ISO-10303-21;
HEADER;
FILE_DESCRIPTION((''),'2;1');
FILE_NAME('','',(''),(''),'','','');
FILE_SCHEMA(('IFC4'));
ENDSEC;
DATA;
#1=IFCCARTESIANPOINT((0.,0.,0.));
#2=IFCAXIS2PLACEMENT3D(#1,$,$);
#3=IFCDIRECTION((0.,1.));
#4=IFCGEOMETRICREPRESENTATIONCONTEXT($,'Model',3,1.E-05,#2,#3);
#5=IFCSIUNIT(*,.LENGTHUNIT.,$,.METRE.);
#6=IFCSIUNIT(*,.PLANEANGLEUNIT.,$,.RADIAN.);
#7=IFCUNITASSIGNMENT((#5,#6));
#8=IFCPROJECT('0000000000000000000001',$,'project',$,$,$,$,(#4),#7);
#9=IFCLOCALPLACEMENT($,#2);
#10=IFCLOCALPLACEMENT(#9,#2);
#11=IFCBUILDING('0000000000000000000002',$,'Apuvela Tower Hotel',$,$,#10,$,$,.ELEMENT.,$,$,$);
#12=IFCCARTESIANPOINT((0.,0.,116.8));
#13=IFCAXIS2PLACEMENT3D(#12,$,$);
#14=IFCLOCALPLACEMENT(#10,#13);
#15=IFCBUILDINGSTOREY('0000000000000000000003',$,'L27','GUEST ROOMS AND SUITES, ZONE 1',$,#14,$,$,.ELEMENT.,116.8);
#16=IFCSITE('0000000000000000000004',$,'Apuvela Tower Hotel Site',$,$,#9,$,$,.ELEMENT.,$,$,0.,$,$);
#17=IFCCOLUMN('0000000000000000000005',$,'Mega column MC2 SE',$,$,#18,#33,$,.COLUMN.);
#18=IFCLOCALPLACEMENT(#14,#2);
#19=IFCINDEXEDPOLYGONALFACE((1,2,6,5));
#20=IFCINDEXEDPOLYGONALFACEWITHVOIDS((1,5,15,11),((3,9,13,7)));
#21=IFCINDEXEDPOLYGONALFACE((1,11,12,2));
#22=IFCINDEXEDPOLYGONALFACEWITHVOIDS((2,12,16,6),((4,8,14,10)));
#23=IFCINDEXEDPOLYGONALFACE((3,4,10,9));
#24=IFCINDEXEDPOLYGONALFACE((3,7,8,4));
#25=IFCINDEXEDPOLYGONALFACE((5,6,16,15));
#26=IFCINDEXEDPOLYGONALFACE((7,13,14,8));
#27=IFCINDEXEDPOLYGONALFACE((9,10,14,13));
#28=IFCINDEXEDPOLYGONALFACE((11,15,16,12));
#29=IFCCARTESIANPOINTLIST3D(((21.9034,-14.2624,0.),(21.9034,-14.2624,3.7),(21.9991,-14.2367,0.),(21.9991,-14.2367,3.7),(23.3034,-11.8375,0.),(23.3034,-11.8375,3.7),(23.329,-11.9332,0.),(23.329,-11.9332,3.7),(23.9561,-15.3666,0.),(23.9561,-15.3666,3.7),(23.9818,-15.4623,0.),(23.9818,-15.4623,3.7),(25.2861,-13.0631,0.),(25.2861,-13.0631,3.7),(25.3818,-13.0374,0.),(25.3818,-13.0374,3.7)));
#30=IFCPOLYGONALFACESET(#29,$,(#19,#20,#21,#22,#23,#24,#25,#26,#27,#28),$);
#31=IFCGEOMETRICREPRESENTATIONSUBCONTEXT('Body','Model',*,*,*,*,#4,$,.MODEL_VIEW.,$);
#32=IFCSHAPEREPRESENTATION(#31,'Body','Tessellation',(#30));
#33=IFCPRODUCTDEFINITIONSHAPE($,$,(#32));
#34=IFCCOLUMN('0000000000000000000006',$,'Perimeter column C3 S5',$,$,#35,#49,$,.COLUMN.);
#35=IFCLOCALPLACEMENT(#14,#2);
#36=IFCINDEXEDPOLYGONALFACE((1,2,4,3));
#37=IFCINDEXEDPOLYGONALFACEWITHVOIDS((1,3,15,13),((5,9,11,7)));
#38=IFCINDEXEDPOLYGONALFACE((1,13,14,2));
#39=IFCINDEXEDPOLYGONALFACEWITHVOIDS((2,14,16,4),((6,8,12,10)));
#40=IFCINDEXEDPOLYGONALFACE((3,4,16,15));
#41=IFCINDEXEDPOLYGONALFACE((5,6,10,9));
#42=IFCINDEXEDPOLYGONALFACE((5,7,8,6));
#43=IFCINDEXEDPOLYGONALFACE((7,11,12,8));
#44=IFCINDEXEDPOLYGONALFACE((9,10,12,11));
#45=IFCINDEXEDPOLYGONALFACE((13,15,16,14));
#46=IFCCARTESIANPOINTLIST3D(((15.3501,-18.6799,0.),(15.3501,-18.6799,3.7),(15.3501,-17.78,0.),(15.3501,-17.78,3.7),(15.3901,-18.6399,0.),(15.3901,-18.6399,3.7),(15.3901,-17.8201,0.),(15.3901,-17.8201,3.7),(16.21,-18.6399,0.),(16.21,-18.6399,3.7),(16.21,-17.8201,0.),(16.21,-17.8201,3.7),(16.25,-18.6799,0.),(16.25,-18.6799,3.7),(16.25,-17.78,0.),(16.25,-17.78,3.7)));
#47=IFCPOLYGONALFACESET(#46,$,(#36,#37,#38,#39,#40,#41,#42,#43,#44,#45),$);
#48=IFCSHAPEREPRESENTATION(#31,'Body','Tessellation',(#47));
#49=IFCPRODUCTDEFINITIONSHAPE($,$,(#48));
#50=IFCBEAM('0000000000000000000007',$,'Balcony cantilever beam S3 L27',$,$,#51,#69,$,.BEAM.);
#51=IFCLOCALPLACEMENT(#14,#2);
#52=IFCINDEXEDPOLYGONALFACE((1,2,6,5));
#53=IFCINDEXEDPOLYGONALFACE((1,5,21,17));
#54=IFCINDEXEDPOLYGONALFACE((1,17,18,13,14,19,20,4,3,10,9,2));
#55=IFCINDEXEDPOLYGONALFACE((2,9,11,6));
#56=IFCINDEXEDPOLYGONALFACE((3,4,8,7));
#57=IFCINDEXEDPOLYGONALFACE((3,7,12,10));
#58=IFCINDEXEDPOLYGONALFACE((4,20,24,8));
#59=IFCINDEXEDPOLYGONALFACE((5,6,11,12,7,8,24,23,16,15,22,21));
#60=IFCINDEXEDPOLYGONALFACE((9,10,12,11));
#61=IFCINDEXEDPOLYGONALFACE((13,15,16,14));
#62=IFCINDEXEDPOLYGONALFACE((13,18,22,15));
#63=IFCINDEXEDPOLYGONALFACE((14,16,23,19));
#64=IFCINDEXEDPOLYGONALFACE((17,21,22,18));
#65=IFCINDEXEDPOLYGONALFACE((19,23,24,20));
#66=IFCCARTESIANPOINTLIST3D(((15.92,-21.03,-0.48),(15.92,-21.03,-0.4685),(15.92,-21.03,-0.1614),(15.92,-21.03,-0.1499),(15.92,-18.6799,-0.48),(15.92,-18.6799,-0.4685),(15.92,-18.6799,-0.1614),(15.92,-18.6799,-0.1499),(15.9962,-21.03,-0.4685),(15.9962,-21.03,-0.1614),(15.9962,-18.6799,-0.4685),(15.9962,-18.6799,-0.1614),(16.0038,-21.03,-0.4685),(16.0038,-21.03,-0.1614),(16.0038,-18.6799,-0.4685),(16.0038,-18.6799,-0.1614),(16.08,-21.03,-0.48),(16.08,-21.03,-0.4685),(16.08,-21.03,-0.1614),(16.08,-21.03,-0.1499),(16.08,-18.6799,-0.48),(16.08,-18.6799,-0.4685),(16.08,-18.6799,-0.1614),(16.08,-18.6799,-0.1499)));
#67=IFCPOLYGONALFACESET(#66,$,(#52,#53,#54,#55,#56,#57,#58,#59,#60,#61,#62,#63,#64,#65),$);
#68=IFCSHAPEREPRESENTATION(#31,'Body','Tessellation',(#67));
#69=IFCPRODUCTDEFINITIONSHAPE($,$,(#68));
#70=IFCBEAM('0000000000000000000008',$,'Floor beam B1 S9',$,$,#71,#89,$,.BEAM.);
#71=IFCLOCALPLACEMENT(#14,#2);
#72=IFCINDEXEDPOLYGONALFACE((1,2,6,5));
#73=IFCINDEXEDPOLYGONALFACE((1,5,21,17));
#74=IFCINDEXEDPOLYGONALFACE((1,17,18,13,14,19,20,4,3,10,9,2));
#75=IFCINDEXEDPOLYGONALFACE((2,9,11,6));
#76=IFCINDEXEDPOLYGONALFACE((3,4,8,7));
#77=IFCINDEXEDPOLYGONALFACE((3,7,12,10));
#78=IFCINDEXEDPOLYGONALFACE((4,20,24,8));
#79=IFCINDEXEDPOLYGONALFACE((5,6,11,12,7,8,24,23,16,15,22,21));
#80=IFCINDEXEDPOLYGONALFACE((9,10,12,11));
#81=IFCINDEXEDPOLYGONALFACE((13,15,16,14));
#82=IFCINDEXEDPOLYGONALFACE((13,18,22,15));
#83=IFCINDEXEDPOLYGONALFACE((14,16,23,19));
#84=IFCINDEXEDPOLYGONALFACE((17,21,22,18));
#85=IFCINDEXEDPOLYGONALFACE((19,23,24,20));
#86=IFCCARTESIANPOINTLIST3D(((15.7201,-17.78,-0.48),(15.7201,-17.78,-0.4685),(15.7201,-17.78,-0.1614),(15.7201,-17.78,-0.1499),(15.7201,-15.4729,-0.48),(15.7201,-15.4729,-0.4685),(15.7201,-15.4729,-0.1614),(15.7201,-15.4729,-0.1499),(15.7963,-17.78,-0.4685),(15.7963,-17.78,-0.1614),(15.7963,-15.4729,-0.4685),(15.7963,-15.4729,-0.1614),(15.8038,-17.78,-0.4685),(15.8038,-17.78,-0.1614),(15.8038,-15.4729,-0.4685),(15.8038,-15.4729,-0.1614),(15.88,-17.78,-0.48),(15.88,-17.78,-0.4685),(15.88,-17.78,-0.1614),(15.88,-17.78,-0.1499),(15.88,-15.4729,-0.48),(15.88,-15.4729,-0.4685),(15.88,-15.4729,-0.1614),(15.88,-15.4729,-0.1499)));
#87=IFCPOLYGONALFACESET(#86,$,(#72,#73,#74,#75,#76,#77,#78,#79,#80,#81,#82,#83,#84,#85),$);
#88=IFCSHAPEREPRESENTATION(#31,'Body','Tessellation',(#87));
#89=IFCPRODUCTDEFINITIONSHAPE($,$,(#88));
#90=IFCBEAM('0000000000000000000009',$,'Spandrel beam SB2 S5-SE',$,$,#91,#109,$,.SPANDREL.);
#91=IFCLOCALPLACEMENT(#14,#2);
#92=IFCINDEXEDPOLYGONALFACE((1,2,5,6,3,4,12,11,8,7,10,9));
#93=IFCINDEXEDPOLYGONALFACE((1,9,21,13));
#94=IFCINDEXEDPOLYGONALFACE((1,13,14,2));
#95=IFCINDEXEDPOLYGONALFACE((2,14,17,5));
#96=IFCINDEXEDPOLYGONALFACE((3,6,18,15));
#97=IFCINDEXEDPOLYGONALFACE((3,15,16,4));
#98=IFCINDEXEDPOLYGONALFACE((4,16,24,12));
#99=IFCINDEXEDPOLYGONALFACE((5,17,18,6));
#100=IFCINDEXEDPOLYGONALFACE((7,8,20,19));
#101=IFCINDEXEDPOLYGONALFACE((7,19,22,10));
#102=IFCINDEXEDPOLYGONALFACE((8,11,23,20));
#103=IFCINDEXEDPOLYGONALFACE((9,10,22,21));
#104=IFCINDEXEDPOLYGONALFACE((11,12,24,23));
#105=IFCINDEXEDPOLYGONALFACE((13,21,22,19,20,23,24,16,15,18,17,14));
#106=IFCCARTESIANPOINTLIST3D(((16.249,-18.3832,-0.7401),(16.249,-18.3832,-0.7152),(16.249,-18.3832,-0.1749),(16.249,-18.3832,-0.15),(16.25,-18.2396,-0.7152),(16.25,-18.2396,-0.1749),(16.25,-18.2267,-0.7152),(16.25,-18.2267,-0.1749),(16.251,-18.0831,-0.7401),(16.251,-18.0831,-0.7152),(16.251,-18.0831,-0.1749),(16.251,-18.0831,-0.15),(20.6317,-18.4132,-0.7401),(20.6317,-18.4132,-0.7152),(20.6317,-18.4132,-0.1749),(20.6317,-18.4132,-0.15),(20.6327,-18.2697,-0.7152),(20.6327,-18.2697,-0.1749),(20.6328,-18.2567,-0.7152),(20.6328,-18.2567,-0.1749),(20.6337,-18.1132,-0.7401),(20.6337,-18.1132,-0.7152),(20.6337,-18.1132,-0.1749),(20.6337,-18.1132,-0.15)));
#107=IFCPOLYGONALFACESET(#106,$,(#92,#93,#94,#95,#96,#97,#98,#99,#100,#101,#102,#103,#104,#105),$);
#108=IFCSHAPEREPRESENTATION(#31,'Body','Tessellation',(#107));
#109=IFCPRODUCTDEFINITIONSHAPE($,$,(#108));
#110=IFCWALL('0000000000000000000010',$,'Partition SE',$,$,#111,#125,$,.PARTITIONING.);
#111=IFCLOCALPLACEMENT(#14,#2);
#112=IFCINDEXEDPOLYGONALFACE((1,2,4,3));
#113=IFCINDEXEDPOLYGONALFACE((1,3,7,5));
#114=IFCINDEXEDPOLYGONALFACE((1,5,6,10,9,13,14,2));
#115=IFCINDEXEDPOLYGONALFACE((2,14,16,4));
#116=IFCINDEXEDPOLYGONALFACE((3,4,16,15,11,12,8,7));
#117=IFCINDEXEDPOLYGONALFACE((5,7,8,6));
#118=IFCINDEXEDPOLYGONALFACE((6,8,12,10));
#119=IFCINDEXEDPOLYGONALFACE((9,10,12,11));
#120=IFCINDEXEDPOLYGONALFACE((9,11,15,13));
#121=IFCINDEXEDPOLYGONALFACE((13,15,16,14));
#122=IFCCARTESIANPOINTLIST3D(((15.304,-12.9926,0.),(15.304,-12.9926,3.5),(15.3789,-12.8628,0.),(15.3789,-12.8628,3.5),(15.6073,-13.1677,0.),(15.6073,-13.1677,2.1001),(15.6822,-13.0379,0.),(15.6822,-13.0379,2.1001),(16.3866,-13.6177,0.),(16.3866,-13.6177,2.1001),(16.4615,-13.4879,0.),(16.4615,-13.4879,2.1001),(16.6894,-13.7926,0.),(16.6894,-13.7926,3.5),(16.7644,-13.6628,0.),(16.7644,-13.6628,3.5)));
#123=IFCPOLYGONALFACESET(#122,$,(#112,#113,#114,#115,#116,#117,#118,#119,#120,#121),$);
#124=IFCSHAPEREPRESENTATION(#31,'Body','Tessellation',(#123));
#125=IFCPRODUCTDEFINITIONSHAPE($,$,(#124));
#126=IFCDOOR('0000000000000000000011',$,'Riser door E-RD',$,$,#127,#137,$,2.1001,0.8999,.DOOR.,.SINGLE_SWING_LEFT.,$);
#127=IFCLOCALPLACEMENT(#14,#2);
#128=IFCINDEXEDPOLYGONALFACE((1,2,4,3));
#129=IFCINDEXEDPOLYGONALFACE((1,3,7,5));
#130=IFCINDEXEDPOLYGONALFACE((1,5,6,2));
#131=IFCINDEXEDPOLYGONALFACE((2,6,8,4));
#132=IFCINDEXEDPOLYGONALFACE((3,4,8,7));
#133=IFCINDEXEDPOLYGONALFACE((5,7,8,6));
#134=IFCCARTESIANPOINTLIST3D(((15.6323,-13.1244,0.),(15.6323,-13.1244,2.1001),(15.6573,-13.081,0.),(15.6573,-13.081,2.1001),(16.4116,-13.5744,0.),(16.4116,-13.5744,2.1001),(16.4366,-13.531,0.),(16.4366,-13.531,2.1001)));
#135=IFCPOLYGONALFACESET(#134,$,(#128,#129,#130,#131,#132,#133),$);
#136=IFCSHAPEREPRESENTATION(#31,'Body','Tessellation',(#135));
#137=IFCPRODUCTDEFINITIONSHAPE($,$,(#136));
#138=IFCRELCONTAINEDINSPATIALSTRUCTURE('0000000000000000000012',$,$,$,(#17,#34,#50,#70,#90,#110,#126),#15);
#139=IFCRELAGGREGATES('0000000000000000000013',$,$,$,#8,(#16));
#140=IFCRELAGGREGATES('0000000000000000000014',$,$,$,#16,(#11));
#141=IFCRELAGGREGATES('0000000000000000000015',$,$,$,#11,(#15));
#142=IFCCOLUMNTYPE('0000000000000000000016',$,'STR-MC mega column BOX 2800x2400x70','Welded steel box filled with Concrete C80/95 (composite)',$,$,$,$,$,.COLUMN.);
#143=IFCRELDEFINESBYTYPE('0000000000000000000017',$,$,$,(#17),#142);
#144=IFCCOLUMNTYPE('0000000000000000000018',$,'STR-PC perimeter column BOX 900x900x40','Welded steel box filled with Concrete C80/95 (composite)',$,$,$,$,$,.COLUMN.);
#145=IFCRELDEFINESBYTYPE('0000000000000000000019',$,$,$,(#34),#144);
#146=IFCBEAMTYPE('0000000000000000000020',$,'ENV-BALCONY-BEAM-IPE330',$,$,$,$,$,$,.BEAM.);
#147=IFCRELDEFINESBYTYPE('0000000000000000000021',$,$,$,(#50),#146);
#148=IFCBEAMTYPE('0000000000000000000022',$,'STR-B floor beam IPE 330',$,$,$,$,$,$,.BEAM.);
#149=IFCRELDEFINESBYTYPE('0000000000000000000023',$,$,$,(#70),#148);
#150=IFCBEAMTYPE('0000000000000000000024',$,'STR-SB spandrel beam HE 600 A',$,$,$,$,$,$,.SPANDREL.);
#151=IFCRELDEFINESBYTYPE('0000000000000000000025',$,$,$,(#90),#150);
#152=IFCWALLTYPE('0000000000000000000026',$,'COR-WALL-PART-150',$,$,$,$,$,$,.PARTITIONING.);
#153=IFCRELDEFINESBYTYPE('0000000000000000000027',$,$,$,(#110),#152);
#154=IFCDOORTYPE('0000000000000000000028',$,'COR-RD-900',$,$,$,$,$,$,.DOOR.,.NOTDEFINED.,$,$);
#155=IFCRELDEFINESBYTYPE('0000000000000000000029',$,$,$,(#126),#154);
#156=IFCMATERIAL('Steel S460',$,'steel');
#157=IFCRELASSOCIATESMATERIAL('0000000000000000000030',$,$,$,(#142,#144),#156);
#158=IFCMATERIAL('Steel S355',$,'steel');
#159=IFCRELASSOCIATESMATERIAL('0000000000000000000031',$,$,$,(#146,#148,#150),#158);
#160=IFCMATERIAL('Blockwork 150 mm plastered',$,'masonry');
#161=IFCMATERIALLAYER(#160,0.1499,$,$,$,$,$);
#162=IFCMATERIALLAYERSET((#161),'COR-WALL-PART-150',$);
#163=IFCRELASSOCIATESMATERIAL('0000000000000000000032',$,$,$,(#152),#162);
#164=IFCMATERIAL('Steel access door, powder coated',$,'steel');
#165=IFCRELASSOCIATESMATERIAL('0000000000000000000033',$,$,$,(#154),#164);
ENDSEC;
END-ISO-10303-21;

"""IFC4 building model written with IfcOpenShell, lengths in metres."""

from ifc_helpers import new_model, si_unit, direction, frame, frame_2d, origin, origin_2d, place, context, subcontext, project, spatial, rectangle, hollow_rectangle, i_section, extrude, material, layer, layer_set, material_profile, profile_set, type_object, element, fill, save


model = new_model("IFC4")

# Units and contexts
model_context = context("Model", 3, precision=1e-05, world=origin(), true_north=direction((0.0, 1.0)))
body_context = subcontext(model_context, "Body", "Model", "MODEL_VIEW")
ifc_project = project(units=[si_unit("LENGTHUNIT", "METRE"), si_unit("PLANEANGLEUNIT", "RADIAN")], contexts=[model_context])

# Site, building, storey
site_placement = place(None, origin())
site = spatial("IfcSite", under=ifc_project, at=site_placement, Name="Apuvela Tower Hotel Site", CompositionType="ELEMENT", RefElevation=0.0)
building_placement = place(site_placement, origin())
building = spatial("IfcBuilding", under=site, at=building_placement, Name="Apuvela Tower Hotel", CompositionType="ELEMENT")
storey_placement = place(building_placement, frame((0.0, 0.0, 116.8)))
storey = spatial("IfcBuildingStorey", under=building, at=storey_placement, Name="L27", Description="GUEST ROOMS AND SUITES, ZONE 1", CompositionType="ELEMENT", Elevation=116.8)

# Columns
ifc_material_1 = material(Name="Steel S460", Category="steel")
ifc_material_profile_1 = material_profile(ifc_material_1, hollow_rectangle(XDim=2.8, YDim=2.3999, WallThickness=0.0701, at=origin_2d()), Name="BOX 2800x2400x70")
ifc_material_2 = material(Name="Concrete C80/95", Category="concrete")
ifc_material_profile_2 = material_profile(ifc_material_2, rectangle(XDim=2.6599, YDim=2.26, at=origin_2d()), Name="Concrete C80/95 infill")
ifc_profile_set_1 = profile_set([ifc_material_profile_1, ifc_material_profile_2], Name="Steel S460")
column_type_1 = type_object("IfcColumnType", Name="STR-MC mega column BOX 2800x2400x70", Description="Welded steel box filled with Concrete C80/95 (composite)", PredefinedType="COLUMN", material=ifc_profile_set_1)
column_1_placement = place(storey_placement, frame((23.6426, -13.6499, 0.0), z_axis=(0.0, 0.0, 1.0), x_axis=(0.5, 0.866025, 0.0)))
element("IfcColumn", 1, at=column_1_placement, inside=storey, type_object=column_type_1, Name="Mega column MC2 SE", PredefinedType="COLUMN", context=body_context, shape_type="SweptSolid", body=[
    extrude(hollow_rectangle(XDim=2.8, YDim=2.3999, WallThickness=0.0701, at=origin_2d()), origin(), (0.0, 0.0, 1.0), 3.7),
])
ifc_material_profile_3 = material_profile(ifc_material_1, hollow_rectangle(XDim=0.8999, YDim=0.8999, WallThickness=0.04, at=origin_2d()), Name="BOX 900x900x40")
ifc_material_profile_4 = material_profile(ifc_material_2, rectangle(XDim=0.8201, YDim=0.8201, at=origin_2d()), Name="Concrete C80/95 infill")
ifc_profile_set_2 = profile_set([ifc_material_profile_3, ifc_material_profile_4], Name="Steel S460")
column_type_2 = type_object("IfcColumnType", Name="STR-PC perimeter column BOX 900x900x40", Description="Welded steel box filled with Concrete C80/95 (composite)", PredefinedType="COLUMN", material=ifc_profile_set_2)
column_2_placement = place(storey_placement, frame((15.8, -18.23, 0.0), z_axis=(0.0, 0.0, 1.0), x_axis=(-1.0, 0.0, 0.0)))
element("IfcColumn", 2, at=column_2_placement, inside=storey, type_object=column_type_2, Name="Perimeter column C3 S5", PredefinedType="COLUMN", context=body_context, shape_type="SweptSolid", body=[
    extrude(hollow_rectangle(XDim=0.8999, YDim=0.8999, WallThickness=0.04, at=origin_2d()), origin(), (0.0, 0.0, 1.0), 3.7),
])

# Beams
ifc_material_3 = material(Name="Steel S355", Category="steel")
ifc_material_profile_5 = material_profile(ifc_material_3, i_section(OverallWidth=0.1599, OverallDepth=0.3301, WebThickness=0.0076, FlangeThickness=0.0115, at=origin_2d()), Name="IPE 330")
ifc_profile_set_3 = profile_set([ifc_material_profile_5], Name="Steel S355")
beam_type_1 = type_object("IfcBeamType", Name="ENV-BALCONY-BEAM-IPE330", PredefinedType="BEAM", material=ifc_profile_set_3)
beam_1_placement = place(storey_placement, frame((16.0, -18.6799, -0.3149), z_axis=(0.0, -1.0, 0.0), x_axis=(1.0, 0.0, 0.0)))
element("IfcBeam", 3, at=beam_1_placement, inside=storey, type_object=beam_type_1, Name="Balcony cantilever beam S3 L27", PredefinedType="BEAM", context=body_context, shape_type="SweptSolid", body=[
    extrude(i_section(OverallWidth=0.1599, OverallDepth=0.3301, WebThickness=0.0076, FlangeThickness=0.0115, at=origin_2d()), origin(), (0.0, 0.0, 1.0), 2.3501),
])
ifc_material_profile_6 = material_profile(ifc_material_3, i_section(OverallWidth=0.1599, OverallDepth=0.3301, WebThickness=0.0076, FlangeThickness=0.0115, at=origin_2d()), Name="IPE 330")
ifc_profile_set_4 = profile_set([ifc_material_profile_6], Name="Steel S355")
beam_type_2 = type_object("IfcBeamType", Name="STR-B floor beam IPE 330", PredefinedType="BEAM", material=ifc_profile_set_4)
beam_2_placement = place(storey_placement, frame((15.8, -17.78, -0.3149), z_axis=(0.0, 1.0, 0.0), x_axis=(-1.0, 0.0, 0.0)))
element("IfcBeam", 4, at=beam_2_placement, inside=storey, type_object=beam_type_2, Name="Floor beam B1 S9", PredefinedType="BEAM", context=body_context, shape_type="SweptSolid", body=[
    extrude(i_section(OverallWidth=0.1599, OverallDepth=0.3301, WebThickness=0.0076, FlangeThickness=0.0115, at=origin_2d()), origin(), (0.0, 0.0, 1.0), 2.3071),
])
ifc_material_profile_7 = material_profile(ifc_material_3, i_section(OverallWidth=0.3, OverallDepth=0.5901, WebThickness=0.0129, FlangeThickness=0.0249, at=origin_2d()), Name="HE 600 A")
ifc_profile_set_5 = profile_set([ifc_material_profile_7], Name="Steel S355")
beam_type_3 = type_object("IfcBeamType", Name="STR-SB spandrel beam HE 600 A", PredefinedType="SPANDREL", material=ifc_profile_set_5)
beam_3_placement = place(storey_placement, frame((16.25, -18.2332, -0.4451), z_axis=(0.999977, -0.006851, 0.0), x_axis=(0.006851, 0.999977, 0.0)))
element("IfcBeam", 5, at=beam_3_placement, inside=storey, type_object=beam_type_3, Name="Spandrel beam SB2 S5-SE", PredefinedType="SPANDREL", context=body_context, shape_type="SweptSolid", body=[
    extrude(i_section(OverallWidth=0.3, OverallDepth=0.5901, WebThickness=0.0129, FlangeThickness=0.0249, at=origin_2d()), origin(), (0.0, 0.0, 1.0), 4.3828),
])

# Wall, opening, door
ifc_material_4 = material(Name="Blockwork 150 mm plastered", Category="masonry")
ifc_layer_1 = layer(ifc_material_4, 0.1499)
ifc_layer_set_1 = layer_set([ifc_layer_1], Name="COR-WALL-PART-150")
wall_type_1 = type_object("IfcWallType", Name="COR-WALL-PART-150", PredefinedType="PARTITIONING", material=ifc_layer_set_1)
wall_1_placement = place(storey_placement, frame((15.3416, -12.9277, 0.0), z_axis=(0.0, 0.0, 1.0), x_axis=(0.86599, -0.500061, 0.0)))
wall_1 = element("IfcWall", 6, at=wall_1_placement, inside=storey, type_object=wall_type_1, Name="Partition SE", PredefinedType="PARTITIONING", context=body_context, shape_type="SweptSolid", body=[
    extrude(rectangle(XDim=1.5999, YDim=0.1499, at=frame_2d((0.7998, 0.0))), origin(), (0.0, 0.0, 1.0), 3.5),
])
opening_1_placement = place(wall_1_placement, frame((0.3501, 0.0, 0.0)))
opening_1 = element("IfcOpeningElement", 7, at=opening_1_placement, cuts=wall_1, PredefinedType="OPENING", context=body_context, shape_type="SweptSolid", body=[
    extrude(rectangle(XDim=0.8999, YDim=2.1001, at=frame_2d((0.45, 1.05))), frame((0.0, 0.085, 0.0), z_axis=(0.0, -1.0, 0.0), x_axis=(1.0, 0.0, 0.0)), (0.0, 0.0, 1.0), 0.1699),
])
ifc_material_5 = material(Name="Steel access door, powder coated", Category="steel")
door_type_1 = type_object("IfcDoorType", Name="COR-RD-900", OperationType="NOTDEFINED", PredefinedType="DOOR", material=ifc_material_5)
door_1_placement = place(opening_1_placement, frame((0.8999, 0.0, 0.0), z_axis=(0.0, 0.0, 1.0), x_axis=(-1.0, 0.0, 0.0)))
door_1 = element("IfcDoor", 8, at=door_1_placement, inside=storey, type_object=door_type_1, Name="Riser door E-RD", OperationType="SINGLE_SWING_LEFT", OverallHeight=2.1001, OverallWidth=0.8999, PredefinedType="DOOR", context=body_context, shape_type="SweptSolid", body=[
    extrude(rectangle(XDim=0.8999, YDim=2.1001, at=frame_2d((0.45, 1.05))), frame((0.0, 0.0249, 0.0), z_axis=(0.0, -1.0, 0.0), x_axis=(1.0, 0.0, 0.0)), (0.0, 0.0, 1.0), 0.05),
])
fill(opening_1, door_1)

save(model, "model.ifc")
